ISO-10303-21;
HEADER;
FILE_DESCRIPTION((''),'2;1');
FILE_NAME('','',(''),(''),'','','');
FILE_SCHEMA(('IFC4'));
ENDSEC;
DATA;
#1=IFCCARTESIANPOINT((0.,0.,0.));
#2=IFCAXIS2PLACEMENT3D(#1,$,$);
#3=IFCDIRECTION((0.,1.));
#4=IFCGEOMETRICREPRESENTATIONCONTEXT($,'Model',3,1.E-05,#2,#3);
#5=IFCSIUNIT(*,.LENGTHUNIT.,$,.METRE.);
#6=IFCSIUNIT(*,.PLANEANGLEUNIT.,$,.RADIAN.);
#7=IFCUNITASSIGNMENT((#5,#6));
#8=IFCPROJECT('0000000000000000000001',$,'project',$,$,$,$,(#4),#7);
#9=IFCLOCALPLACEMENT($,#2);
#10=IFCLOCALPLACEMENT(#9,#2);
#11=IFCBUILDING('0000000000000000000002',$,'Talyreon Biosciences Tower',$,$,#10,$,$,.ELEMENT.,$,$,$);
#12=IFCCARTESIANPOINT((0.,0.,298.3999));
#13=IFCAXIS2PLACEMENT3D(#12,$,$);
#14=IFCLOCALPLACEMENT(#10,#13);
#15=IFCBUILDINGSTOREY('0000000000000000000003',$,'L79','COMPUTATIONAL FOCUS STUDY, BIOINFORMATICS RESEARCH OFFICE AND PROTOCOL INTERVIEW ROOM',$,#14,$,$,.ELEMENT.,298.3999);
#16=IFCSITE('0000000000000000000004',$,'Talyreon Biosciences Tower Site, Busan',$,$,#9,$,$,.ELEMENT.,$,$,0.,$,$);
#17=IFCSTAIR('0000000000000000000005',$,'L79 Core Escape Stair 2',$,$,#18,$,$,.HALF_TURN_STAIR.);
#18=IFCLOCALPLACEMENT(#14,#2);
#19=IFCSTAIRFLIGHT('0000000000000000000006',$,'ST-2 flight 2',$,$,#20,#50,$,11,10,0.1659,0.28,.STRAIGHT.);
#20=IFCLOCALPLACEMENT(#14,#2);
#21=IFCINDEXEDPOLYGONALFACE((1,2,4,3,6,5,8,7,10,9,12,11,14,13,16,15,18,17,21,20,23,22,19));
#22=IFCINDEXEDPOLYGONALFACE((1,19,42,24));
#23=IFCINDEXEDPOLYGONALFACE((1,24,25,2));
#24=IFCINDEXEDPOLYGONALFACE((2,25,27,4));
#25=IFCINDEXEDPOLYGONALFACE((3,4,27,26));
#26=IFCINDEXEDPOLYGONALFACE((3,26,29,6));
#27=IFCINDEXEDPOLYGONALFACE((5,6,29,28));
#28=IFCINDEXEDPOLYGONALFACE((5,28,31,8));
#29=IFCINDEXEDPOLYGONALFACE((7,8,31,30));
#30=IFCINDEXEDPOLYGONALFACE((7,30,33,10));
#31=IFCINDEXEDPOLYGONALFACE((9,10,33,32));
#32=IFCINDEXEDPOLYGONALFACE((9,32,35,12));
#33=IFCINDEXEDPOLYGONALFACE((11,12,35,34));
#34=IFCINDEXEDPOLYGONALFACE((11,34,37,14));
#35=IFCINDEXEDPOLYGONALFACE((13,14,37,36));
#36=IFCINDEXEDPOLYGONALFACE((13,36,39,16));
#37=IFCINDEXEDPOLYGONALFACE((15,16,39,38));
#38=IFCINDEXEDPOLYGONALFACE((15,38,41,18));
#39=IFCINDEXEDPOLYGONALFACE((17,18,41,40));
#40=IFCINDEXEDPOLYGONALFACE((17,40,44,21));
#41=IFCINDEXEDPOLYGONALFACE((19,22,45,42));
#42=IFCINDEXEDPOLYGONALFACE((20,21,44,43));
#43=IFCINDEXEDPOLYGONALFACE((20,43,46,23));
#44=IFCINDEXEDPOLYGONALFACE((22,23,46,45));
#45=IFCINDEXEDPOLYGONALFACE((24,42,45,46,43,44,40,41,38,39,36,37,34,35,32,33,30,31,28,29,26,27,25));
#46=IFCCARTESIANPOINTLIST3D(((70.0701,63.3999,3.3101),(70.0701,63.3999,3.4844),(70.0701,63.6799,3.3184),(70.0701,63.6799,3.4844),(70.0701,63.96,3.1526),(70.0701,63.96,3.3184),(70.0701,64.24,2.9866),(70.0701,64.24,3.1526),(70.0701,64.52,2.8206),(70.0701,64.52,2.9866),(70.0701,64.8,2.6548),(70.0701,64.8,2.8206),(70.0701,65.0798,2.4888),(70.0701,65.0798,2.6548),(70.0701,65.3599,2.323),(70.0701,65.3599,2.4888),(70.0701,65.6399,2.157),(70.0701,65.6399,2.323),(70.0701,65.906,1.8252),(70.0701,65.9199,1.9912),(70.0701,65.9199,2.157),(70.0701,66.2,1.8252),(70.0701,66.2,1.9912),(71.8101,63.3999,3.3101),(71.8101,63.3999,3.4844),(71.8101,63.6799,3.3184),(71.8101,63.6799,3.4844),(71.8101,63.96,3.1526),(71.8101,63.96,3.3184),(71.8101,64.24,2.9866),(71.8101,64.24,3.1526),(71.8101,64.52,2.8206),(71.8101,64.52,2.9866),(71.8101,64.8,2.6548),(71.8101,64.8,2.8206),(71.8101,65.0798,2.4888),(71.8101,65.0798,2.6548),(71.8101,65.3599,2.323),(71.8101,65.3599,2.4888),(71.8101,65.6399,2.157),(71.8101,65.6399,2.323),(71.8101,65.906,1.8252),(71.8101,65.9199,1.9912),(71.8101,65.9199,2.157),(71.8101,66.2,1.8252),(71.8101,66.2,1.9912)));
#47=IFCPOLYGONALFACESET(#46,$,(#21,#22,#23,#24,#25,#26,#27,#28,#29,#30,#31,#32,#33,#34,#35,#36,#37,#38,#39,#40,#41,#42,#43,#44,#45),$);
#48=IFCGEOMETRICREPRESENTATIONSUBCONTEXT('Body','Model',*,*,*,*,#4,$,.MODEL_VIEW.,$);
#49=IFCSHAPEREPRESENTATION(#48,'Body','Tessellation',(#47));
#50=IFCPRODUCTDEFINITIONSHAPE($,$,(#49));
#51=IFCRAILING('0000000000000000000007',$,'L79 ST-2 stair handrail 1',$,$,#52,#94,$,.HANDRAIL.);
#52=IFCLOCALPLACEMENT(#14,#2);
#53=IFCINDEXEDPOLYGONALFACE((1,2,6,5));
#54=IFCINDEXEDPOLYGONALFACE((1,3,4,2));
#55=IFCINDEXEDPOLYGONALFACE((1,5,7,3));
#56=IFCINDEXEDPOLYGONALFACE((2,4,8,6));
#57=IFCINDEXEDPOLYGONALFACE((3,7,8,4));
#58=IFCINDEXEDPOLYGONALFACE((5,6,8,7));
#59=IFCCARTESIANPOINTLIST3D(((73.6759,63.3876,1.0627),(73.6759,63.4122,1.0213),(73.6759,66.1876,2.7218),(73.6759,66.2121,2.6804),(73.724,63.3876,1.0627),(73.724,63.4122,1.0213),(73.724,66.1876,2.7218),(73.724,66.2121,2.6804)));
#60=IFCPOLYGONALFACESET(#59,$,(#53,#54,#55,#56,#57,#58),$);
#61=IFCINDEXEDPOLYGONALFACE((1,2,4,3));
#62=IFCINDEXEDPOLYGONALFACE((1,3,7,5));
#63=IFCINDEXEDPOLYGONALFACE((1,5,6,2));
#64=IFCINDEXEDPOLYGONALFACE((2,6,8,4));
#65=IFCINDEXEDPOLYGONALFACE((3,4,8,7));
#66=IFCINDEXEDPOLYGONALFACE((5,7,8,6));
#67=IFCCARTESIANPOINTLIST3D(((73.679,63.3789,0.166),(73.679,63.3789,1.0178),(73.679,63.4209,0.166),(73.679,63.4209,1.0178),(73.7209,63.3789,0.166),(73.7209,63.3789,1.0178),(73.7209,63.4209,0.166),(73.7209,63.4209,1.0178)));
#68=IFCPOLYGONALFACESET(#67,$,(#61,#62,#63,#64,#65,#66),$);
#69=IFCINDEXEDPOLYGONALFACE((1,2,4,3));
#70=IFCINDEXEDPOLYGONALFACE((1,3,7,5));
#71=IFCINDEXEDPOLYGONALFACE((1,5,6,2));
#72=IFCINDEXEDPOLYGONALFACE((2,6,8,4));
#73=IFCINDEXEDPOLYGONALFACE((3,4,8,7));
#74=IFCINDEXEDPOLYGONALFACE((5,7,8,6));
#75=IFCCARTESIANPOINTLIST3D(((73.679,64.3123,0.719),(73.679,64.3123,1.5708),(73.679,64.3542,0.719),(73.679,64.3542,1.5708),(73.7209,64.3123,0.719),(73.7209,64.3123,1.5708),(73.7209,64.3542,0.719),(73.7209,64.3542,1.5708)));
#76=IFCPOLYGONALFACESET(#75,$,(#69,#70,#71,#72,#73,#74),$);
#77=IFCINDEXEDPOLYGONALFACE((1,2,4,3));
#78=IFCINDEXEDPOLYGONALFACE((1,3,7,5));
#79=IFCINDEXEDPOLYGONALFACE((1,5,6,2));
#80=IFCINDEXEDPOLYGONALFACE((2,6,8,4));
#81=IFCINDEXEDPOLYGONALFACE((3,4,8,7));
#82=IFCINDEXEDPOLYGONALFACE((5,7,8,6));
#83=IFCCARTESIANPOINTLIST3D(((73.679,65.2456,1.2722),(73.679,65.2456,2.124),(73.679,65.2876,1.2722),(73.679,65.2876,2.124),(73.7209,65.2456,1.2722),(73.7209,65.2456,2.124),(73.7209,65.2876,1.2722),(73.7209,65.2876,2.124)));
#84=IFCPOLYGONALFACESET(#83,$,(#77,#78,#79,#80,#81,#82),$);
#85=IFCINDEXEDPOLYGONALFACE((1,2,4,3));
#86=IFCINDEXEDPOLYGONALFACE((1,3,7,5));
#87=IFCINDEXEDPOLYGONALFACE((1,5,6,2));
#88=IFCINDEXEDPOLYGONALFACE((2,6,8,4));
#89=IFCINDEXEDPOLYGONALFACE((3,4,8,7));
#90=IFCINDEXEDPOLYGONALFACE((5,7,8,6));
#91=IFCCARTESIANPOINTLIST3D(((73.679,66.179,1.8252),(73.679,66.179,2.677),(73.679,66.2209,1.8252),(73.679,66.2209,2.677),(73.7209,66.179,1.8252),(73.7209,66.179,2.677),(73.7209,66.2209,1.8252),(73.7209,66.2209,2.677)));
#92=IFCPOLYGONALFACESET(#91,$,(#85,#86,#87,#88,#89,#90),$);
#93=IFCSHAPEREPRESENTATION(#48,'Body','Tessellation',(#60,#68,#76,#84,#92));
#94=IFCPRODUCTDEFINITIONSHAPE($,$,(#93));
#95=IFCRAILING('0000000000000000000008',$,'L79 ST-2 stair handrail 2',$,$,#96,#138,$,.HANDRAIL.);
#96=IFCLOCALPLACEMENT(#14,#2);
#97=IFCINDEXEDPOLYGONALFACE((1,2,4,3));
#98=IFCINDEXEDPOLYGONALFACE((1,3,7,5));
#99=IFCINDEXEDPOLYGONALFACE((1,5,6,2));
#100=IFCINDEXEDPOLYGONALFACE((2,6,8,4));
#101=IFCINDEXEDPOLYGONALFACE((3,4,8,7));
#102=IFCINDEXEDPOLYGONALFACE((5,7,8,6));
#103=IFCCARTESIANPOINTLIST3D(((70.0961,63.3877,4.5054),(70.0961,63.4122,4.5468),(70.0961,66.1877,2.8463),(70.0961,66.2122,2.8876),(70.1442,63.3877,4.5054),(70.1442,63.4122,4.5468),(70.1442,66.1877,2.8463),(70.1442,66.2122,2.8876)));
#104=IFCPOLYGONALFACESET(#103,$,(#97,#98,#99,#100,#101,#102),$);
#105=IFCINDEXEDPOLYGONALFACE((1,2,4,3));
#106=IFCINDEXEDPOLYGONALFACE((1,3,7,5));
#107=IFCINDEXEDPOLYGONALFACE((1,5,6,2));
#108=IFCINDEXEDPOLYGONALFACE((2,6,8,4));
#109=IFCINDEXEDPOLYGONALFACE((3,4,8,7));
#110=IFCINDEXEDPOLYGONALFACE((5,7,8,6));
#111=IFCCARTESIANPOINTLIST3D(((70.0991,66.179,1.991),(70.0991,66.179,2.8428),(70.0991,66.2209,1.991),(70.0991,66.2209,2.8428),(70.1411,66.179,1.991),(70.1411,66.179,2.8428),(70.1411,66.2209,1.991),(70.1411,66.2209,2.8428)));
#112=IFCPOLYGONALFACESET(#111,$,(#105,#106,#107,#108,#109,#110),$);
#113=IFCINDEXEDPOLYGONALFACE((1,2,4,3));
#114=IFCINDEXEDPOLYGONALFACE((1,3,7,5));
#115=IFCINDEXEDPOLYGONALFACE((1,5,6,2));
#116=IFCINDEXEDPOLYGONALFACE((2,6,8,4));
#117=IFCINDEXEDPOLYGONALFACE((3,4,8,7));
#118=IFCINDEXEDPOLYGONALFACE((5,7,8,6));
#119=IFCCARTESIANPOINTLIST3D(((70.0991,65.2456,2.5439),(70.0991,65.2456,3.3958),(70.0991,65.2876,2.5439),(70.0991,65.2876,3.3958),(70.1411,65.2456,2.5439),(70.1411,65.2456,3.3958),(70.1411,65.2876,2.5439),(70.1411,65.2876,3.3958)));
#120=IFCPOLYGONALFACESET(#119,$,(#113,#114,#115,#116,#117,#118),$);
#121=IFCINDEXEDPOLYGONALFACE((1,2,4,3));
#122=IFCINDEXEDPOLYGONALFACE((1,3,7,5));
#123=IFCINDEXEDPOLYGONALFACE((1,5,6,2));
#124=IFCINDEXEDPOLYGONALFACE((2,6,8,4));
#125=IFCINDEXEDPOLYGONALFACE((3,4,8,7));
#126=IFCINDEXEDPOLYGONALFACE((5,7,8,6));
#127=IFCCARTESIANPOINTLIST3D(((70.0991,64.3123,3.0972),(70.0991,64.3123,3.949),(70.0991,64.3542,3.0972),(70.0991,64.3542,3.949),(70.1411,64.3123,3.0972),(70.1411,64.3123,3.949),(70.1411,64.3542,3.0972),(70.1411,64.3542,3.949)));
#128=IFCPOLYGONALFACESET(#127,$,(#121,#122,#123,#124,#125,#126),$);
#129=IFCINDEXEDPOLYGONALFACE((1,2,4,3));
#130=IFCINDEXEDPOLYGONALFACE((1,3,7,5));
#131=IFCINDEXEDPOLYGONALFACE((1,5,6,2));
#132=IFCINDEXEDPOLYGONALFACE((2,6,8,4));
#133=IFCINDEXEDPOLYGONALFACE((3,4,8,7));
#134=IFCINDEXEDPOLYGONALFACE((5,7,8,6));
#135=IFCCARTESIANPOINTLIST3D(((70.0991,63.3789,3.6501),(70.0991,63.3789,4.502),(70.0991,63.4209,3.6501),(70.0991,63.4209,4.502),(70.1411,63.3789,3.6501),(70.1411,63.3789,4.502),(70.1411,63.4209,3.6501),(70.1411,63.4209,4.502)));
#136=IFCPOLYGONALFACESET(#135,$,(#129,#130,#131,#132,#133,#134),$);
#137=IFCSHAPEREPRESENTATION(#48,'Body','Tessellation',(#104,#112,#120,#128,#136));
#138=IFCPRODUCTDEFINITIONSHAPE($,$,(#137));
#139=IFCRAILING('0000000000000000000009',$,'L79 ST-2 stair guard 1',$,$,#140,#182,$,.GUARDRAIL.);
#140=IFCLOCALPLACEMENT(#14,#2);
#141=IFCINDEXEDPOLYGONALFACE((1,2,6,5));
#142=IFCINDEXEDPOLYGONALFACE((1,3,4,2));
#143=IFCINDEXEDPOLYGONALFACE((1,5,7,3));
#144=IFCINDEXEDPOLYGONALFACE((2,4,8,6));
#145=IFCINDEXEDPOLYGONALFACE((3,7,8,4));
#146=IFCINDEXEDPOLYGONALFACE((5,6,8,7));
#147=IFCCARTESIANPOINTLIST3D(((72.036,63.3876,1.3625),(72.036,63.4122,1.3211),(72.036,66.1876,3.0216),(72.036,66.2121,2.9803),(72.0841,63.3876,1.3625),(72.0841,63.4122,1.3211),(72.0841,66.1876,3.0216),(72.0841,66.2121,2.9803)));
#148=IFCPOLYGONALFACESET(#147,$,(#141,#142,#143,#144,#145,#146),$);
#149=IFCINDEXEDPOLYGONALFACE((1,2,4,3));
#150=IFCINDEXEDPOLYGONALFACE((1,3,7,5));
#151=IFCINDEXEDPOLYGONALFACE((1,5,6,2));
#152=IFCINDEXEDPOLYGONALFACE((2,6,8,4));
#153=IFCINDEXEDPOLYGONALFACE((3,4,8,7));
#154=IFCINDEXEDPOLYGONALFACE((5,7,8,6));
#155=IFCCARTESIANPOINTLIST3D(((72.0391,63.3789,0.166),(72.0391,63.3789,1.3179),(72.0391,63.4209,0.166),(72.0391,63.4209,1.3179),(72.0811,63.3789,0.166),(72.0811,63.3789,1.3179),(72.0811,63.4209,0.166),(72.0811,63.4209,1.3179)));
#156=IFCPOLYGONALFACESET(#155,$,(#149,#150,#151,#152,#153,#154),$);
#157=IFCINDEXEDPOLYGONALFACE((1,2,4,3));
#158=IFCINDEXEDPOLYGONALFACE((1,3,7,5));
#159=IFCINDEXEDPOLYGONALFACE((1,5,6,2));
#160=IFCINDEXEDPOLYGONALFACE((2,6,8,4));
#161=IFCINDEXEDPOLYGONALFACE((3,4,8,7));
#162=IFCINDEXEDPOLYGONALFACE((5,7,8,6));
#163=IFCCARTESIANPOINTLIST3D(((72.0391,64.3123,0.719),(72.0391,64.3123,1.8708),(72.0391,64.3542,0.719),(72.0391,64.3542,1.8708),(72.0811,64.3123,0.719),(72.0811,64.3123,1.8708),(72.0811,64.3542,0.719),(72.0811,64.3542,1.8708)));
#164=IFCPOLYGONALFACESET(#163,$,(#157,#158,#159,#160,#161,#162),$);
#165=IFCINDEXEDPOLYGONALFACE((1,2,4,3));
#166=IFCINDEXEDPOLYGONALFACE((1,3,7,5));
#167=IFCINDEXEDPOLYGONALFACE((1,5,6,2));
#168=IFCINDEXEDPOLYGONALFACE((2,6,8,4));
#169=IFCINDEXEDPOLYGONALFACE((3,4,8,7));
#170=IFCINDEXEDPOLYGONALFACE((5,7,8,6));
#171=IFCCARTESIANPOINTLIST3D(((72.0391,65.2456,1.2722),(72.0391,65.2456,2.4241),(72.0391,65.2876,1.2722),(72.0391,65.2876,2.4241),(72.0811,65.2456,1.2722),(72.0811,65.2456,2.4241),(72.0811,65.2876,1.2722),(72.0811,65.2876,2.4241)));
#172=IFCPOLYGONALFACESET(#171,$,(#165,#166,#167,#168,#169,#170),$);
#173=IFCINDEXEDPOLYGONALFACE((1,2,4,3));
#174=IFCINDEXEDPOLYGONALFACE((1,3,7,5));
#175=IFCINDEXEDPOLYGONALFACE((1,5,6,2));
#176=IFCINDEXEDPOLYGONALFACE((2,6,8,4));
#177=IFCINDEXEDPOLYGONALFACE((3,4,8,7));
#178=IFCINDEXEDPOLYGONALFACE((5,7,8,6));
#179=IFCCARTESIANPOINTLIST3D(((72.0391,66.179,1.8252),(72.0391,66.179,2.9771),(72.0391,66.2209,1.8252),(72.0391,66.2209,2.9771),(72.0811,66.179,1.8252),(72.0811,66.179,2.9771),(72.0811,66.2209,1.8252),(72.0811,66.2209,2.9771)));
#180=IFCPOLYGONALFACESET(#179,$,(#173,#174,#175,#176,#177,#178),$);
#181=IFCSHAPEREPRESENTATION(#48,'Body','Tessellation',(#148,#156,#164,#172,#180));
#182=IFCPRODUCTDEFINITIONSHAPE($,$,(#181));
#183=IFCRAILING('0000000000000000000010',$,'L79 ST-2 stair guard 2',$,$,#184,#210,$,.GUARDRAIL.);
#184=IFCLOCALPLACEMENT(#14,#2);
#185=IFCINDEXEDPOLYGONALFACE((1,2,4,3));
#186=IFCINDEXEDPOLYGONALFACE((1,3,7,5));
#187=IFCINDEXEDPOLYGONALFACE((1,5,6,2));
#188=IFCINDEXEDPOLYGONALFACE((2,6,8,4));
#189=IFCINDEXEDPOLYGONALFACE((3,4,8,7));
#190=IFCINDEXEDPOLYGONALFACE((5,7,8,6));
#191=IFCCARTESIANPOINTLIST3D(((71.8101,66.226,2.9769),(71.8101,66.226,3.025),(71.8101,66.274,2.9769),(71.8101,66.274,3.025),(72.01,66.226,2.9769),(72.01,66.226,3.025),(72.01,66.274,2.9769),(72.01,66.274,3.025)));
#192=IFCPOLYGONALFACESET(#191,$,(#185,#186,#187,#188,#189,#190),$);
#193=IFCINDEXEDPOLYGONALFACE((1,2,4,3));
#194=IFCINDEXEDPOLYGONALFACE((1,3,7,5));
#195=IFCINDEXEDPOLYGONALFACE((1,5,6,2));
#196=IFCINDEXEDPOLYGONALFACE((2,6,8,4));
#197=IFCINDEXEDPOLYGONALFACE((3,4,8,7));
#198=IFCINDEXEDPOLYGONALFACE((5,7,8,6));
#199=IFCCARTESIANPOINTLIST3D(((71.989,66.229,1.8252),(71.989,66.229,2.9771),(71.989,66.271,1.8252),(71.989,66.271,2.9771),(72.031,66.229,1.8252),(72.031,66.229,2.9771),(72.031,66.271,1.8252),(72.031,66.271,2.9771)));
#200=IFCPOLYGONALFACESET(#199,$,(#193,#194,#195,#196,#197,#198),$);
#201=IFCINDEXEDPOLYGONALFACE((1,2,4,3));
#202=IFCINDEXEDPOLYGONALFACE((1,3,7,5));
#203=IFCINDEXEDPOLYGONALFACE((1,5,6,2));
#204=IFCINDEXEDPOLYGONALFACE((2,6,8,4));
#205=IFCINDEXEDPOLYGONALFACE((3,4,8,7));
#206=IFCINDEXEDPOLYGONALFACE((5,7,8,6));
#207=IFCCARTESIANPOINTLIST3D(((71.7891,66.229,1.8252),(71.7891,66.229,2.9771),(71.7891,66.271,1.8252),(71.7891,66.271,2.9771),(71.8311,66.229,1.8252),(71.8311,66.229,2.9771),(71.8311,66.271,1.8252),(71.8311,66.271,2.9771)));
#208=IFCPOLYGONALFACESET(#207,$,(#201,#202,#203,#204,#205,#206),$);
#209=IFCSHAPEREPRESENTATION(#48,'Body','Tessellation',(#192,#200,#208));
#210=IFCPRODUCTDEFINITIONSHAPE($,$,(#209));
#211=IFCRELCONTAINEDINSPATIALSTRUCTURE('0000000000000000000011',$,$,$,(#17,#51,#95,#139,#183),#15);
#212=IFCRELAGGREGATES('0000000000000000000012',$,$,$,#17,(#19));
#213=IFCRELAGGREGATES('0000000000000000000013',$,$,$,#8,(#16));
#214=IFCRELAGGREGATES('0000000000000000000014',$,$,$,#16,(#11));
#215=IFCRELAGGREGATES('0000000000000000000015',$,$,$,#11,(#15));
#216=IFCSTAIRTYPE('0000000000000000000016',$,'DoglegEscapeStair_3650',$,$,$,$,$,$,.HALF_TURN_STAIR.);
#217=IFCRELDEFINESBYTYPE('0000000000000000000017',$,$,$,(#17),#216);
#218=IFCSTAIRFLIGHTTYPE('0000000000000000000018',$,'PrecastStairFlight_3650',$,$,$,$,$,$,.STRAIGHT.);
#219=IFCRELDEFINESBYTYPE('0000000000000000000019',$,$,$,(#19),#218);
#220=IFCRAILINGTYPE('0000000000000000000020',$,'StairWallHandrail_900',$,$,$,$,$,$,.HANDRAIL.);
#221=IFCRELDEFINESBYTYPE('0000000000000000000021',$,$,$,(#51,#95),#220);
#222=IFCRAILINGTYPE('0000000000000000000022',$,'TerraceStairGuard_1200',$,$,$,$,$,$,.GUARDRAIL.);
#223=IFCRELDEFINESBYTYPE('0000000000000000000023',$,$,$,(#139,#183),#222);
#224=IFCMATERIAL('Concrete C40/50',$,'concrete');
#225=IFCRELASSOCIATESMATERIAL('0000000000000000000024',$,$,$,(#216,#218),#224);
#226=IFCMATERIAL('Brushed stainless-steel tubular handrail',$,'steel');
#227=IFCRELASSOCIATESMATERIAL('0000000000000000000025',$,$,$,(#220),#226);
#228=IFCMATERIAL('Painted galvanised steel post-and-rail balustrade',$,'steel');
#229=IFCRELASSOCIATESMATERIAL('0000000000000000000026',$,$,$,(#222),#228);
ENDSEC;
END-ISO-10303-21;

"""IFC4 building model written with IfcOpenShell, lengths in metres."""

from ifc_helpers import new_model, si_unit, direction, frame, origin, origin_2d, place, context, subcontext, project, spatial, polyline, rectangle, outline, extrude, material, type_object, element, aggregate, save


model = new_model("IFC4")

# Units and contexts
model_context = context("Model", 3, precision=1e-05, world=origin(), true_north=direction((0.0, 1.0)))
body_context = subcontext(model_context, "Body", "Model", "MODEL_VIEW")
ifc_project = project(units=[si_unit("LENGTHUNIT", "METRE"), si_unit("PLANEANGLEUNIT", "RADIAN")], contexts=[model_context])

# Site, building, storey
site_placement = place(None, origin())
site = spatial("IfcSite", under=ifc_project, at=site_placement, Name="Talyreon Biosciences Tower Site, Busan", CompositionType="ELEMENT", RefElevation=0.0)
building_placement = place(site_placement, origin())
building = spatial("IfcBuilding", under=site, at=building_placement, Name="Talyreon Biosciences Tower", CompositionType="ELEMENT")
storey_placement = place(building_placement, frame((0.0, 0.0, 298.3999)))
storey = spatial("IfcBuildingStorey", under=building, at=storey_placement, Name="L79", Description="COMPUTATIONAL FOCUS STUDY, BIOINFORMATICS RESEARCH OFFICE AND PROTOCOL INTERVIEW ROOM", CompositionType="ELEMENT", Elevation=298.3999)

# Stair, stair flight
ifc_material_1 = material(Name="Concrete C40/50", Category="concrete")
stair_type = type_object("IfcStairType", Name="DoglegEscapeStair_3650", PredefinedType="HALF_TURN_STAIR", material=ifc_material_1)
stair_placement = place(storey_placement, origin())
stair = element("IfcStair", 1, at=stair_placement, inside=storey, type_object=stair_type, Name="L79 Core Escape Stair 2", PredefinedType="HALF_TURN_STAIR")
stair_flight_type = type_object("IfcStairFlightType", Name="PrecastStairFlight_3650", PredefinedType="STRAIGHT", material=ifc_material_1)
stair_flight_1_placement = place(storey_placement, frame((70.9399, 66.2, 1.8252), z_axis=(0.0, 0.0, 1.0), x_axis=(0.0, -1.0, 0.0)))
stair_flight_1 = element("IfcStairFlight", 2, at=stair_flight_1_placement, type_object=stair_flight_type, Name="ST-2 flight 2", NumberOfRisers=11, NumberOfTreads=10, PredefinedType="STRAIGHT", RiserHeight=0.1659, TreadLength=0.28, context=body_context, shape_type="SweptSolid", body=[
    extrude(outline(polyline([(0.0, 0.0), (0.0, 0.166), (0.28, 0.166), (0.28, 0.3318), (0.5601, 0.3318), (0.5601, 0.4978), (0.8401, 0.4978), (0.8401, 0.6636), (1.1201, 0.6636), (1.1201, 0.8296), (1.3999, 0.8296), (1.3999, 0.9954), (1.6799, 0.9954), (1.6799, 1.1614), (1.96, 1.1614), (1.96, 1.3274), (2.24, 1.3274), (2.24, 1.4932), (2.52, 1.4932), (2.52, 1.6592), (2.8, 1.6592), (2.8, 1.825), (2.8, 1.4849), (0.2939, 0.0), (0.0, 0.0)])), frame((0.0, 0.8701, 0.0), z_axis=(0.0, -1.0, 0.0), x_axis=(1.0, 0.0, 0.0)), (0.0, 0.0, 1.0), 1.74),
])
aggregate(stair, [stair_flight_1])

# Railings
ifc_material_2 = material(Name="Brushed stainless-steel tubular handrail", Category="steel")
railing_type_1 = type_object("IfcRailingType", Name="StairWallHandrail_900", PredefinedType="HANDRAIL", material=ifc_material_2)
railing_1_placement = place(storey_placement, frame((73.7, 63.3999, 0.166)))
element("IfcRailing", 3, at=railing_1_placement, inside=storey, type_object=railing_type_1, Name="L79 ST-2 stair handrail 1", PredefinedType="HANDRAIL", context=body_context, shape_type="SweptSolid", body=[
    extrude(rectangle(XDim=0.0481, YDim=0.0481, at=origin_2d()), frame((0.0, 0.0, 0.876), z_axis=(0.0, 0.860306, 0.509778), x_axis=(-1.0, 0.0, 0.0)), (0.0, 0.0, 1.0), 3.2546),
    extrude(rectangle(XDim=0.042, YDim=0.042, at=origin_2d()), origin(), (0.0, 0.0, 1.0), 0.8518),
    extrude(rectangle(XDim=0.042, YDim=0.042, at=origin_2d()), frame((0.0, 0.9333, 0.553)), (0.0, 0.0, 1.0), 0.8518),
    extrude(rectangle(XDim=0.042, YDim=0.042, at=origin_2d()), frame((0.0, 1.8667, 1.1062)), (0.0, 0.0, 1.0), 0.8518),
    extrude(rectangle(XDim=0.042, YDim=0.042, at=origin_2d()), frame((0.0, 2.8, 1.6592)), (0.0, 0.0, 1.0), 0.8518),
])
railing_2_placement = place(storey_placement, frame((70.1201, 66.2, 1.991)))
element("IfcRailing", 4, at=railing_2_placement, inside=storey, type_object=railing_type_1, Name="L79 ST-2 stair handrail 2", PredefinedType="HANDRAIL", context=body_context, shape_type="SweptSolid", body=[
    extrude(rectangle(XDim=0.0481, YDim=0.0481, at=origin_2d()), frame((0.0, 0.0, 0.876), z_axis=(0.0, -0.860306, 0.509778), x_axis=(1.0, 0.0, 0.0)), (0.0, 0.0, 1.0), 3.2546),
    extrude(rectangle(XDim=0.042, YDim=0.042, at=origin_2d()), origin(), (0.0, 0.0, 1.0), 0.8518),
    extrude(rectangle(XDim=0.042, YDim=0.042, at=origin_2d()), frame((0.0, -0.9333, 0.553)), (0.0, 0.0, 1.0), 0.8518),
    extrude(rectangle(XDim=0.042, YDim=0.042, at=origin_2d()), frame((0.0, -1.8667, 1.1062)), (0.0, 0.0, 1.0), 0.8518),
    extrude(rectangle(XDim=0.042, YDim=0.042, at=origin_2d()), frame((0.0, -2.8, 1.6592)), (0.0, 0.0, 1.0), 0.8518),
])
ifc_material_3 = material(Name="Painted galvanised steel post-and-rail balustrade", Category="steel")
railing_type_2 = type_object("IfcRailingType", Name="TerraceStairGuard_1200", PredefinedType="GUARDRAIL", material=ifc_material_3)
railing_3_placement = place(storey_placement, frame((72.0601, 63.3999, 0.166)))
element("IfcRailing", 5, at=railing_3_placement, inside=storey, type_object=railing_type_2, Name="L79 ST-2 stair guard 1", PredefinedType="GUARDRAIL", context=body_context, shape_type="SweptSolid", body=[
    extrude(rectangle(XDim=0.0481, YDim=0.0481, at=origin_2d()), frame((0.0, 0.0, 1.1758), z_axis=(0.0, 0.860306, 0.509778), x_axis=(-1.0, 0.0, 0.0)), (0.0, 0.0, 1.0), 3.2546),
    extrude(rectangle(XDim=0.042, YDim=0.042, at=origin_2d()), origin(), (0.0, 0.0, 1.0), 1.1519),
    extrude(rectangle(XDim=0.042, YDim=0.042, at=origin_2d()), frame((0.0, 0.9333, 0.553)), (0.0, 0.0, 1.0), 1.1519),
    extrude(rectangle(XDim=0.042, YDim=0.042, at=origin_2d()), frame((0.0, 1.8667, 1.1062)), (0.0, 0.0, 1.0), 1.1519),
    extrude(rectangle(XDim=0.042, YDim=0.042, at=origin_2d()), frame((0.0, 2.8, 1.6592)), (0.0, 0.0, 1.0), 1.1519),
])
railing_4_placement = place(storey_placement, frame((72.01, 66.25, 1.8252)))
element("IfcRailing", 6, at=railing_4_placement, inside=storey, type_object=railing_type_2, Name="L79 ST-2 stair guard 2", PredefinedType="GUARDRAIL", context=body_context, shape_type="SweptSolid", body=[
    extrude(rectangle(XDim=0.0481, YDim=0.0481, at=origin_2d()), frame((0.0, 0.0, 1.1758), z_axis=(-1.0, 0.0, 0.0), x_axis=(0.0, -1.0, 0.0)), (0.0, 0.0, 1.0), 0.2),
    extrude(rectangle(XDim=0.042, YDim=0.042, at=origin_2d()), origin(), (0.0, 0.0, 1.0), 1.1519),
    extrude(rectangle(XDim=0.042, YDim=0.042, at=origin_2d()), frame((-0.2, 0.0, 0.0)), (0.0, 0.0, 1.0), 1.1519),
])

save(model, "model.ifc")
